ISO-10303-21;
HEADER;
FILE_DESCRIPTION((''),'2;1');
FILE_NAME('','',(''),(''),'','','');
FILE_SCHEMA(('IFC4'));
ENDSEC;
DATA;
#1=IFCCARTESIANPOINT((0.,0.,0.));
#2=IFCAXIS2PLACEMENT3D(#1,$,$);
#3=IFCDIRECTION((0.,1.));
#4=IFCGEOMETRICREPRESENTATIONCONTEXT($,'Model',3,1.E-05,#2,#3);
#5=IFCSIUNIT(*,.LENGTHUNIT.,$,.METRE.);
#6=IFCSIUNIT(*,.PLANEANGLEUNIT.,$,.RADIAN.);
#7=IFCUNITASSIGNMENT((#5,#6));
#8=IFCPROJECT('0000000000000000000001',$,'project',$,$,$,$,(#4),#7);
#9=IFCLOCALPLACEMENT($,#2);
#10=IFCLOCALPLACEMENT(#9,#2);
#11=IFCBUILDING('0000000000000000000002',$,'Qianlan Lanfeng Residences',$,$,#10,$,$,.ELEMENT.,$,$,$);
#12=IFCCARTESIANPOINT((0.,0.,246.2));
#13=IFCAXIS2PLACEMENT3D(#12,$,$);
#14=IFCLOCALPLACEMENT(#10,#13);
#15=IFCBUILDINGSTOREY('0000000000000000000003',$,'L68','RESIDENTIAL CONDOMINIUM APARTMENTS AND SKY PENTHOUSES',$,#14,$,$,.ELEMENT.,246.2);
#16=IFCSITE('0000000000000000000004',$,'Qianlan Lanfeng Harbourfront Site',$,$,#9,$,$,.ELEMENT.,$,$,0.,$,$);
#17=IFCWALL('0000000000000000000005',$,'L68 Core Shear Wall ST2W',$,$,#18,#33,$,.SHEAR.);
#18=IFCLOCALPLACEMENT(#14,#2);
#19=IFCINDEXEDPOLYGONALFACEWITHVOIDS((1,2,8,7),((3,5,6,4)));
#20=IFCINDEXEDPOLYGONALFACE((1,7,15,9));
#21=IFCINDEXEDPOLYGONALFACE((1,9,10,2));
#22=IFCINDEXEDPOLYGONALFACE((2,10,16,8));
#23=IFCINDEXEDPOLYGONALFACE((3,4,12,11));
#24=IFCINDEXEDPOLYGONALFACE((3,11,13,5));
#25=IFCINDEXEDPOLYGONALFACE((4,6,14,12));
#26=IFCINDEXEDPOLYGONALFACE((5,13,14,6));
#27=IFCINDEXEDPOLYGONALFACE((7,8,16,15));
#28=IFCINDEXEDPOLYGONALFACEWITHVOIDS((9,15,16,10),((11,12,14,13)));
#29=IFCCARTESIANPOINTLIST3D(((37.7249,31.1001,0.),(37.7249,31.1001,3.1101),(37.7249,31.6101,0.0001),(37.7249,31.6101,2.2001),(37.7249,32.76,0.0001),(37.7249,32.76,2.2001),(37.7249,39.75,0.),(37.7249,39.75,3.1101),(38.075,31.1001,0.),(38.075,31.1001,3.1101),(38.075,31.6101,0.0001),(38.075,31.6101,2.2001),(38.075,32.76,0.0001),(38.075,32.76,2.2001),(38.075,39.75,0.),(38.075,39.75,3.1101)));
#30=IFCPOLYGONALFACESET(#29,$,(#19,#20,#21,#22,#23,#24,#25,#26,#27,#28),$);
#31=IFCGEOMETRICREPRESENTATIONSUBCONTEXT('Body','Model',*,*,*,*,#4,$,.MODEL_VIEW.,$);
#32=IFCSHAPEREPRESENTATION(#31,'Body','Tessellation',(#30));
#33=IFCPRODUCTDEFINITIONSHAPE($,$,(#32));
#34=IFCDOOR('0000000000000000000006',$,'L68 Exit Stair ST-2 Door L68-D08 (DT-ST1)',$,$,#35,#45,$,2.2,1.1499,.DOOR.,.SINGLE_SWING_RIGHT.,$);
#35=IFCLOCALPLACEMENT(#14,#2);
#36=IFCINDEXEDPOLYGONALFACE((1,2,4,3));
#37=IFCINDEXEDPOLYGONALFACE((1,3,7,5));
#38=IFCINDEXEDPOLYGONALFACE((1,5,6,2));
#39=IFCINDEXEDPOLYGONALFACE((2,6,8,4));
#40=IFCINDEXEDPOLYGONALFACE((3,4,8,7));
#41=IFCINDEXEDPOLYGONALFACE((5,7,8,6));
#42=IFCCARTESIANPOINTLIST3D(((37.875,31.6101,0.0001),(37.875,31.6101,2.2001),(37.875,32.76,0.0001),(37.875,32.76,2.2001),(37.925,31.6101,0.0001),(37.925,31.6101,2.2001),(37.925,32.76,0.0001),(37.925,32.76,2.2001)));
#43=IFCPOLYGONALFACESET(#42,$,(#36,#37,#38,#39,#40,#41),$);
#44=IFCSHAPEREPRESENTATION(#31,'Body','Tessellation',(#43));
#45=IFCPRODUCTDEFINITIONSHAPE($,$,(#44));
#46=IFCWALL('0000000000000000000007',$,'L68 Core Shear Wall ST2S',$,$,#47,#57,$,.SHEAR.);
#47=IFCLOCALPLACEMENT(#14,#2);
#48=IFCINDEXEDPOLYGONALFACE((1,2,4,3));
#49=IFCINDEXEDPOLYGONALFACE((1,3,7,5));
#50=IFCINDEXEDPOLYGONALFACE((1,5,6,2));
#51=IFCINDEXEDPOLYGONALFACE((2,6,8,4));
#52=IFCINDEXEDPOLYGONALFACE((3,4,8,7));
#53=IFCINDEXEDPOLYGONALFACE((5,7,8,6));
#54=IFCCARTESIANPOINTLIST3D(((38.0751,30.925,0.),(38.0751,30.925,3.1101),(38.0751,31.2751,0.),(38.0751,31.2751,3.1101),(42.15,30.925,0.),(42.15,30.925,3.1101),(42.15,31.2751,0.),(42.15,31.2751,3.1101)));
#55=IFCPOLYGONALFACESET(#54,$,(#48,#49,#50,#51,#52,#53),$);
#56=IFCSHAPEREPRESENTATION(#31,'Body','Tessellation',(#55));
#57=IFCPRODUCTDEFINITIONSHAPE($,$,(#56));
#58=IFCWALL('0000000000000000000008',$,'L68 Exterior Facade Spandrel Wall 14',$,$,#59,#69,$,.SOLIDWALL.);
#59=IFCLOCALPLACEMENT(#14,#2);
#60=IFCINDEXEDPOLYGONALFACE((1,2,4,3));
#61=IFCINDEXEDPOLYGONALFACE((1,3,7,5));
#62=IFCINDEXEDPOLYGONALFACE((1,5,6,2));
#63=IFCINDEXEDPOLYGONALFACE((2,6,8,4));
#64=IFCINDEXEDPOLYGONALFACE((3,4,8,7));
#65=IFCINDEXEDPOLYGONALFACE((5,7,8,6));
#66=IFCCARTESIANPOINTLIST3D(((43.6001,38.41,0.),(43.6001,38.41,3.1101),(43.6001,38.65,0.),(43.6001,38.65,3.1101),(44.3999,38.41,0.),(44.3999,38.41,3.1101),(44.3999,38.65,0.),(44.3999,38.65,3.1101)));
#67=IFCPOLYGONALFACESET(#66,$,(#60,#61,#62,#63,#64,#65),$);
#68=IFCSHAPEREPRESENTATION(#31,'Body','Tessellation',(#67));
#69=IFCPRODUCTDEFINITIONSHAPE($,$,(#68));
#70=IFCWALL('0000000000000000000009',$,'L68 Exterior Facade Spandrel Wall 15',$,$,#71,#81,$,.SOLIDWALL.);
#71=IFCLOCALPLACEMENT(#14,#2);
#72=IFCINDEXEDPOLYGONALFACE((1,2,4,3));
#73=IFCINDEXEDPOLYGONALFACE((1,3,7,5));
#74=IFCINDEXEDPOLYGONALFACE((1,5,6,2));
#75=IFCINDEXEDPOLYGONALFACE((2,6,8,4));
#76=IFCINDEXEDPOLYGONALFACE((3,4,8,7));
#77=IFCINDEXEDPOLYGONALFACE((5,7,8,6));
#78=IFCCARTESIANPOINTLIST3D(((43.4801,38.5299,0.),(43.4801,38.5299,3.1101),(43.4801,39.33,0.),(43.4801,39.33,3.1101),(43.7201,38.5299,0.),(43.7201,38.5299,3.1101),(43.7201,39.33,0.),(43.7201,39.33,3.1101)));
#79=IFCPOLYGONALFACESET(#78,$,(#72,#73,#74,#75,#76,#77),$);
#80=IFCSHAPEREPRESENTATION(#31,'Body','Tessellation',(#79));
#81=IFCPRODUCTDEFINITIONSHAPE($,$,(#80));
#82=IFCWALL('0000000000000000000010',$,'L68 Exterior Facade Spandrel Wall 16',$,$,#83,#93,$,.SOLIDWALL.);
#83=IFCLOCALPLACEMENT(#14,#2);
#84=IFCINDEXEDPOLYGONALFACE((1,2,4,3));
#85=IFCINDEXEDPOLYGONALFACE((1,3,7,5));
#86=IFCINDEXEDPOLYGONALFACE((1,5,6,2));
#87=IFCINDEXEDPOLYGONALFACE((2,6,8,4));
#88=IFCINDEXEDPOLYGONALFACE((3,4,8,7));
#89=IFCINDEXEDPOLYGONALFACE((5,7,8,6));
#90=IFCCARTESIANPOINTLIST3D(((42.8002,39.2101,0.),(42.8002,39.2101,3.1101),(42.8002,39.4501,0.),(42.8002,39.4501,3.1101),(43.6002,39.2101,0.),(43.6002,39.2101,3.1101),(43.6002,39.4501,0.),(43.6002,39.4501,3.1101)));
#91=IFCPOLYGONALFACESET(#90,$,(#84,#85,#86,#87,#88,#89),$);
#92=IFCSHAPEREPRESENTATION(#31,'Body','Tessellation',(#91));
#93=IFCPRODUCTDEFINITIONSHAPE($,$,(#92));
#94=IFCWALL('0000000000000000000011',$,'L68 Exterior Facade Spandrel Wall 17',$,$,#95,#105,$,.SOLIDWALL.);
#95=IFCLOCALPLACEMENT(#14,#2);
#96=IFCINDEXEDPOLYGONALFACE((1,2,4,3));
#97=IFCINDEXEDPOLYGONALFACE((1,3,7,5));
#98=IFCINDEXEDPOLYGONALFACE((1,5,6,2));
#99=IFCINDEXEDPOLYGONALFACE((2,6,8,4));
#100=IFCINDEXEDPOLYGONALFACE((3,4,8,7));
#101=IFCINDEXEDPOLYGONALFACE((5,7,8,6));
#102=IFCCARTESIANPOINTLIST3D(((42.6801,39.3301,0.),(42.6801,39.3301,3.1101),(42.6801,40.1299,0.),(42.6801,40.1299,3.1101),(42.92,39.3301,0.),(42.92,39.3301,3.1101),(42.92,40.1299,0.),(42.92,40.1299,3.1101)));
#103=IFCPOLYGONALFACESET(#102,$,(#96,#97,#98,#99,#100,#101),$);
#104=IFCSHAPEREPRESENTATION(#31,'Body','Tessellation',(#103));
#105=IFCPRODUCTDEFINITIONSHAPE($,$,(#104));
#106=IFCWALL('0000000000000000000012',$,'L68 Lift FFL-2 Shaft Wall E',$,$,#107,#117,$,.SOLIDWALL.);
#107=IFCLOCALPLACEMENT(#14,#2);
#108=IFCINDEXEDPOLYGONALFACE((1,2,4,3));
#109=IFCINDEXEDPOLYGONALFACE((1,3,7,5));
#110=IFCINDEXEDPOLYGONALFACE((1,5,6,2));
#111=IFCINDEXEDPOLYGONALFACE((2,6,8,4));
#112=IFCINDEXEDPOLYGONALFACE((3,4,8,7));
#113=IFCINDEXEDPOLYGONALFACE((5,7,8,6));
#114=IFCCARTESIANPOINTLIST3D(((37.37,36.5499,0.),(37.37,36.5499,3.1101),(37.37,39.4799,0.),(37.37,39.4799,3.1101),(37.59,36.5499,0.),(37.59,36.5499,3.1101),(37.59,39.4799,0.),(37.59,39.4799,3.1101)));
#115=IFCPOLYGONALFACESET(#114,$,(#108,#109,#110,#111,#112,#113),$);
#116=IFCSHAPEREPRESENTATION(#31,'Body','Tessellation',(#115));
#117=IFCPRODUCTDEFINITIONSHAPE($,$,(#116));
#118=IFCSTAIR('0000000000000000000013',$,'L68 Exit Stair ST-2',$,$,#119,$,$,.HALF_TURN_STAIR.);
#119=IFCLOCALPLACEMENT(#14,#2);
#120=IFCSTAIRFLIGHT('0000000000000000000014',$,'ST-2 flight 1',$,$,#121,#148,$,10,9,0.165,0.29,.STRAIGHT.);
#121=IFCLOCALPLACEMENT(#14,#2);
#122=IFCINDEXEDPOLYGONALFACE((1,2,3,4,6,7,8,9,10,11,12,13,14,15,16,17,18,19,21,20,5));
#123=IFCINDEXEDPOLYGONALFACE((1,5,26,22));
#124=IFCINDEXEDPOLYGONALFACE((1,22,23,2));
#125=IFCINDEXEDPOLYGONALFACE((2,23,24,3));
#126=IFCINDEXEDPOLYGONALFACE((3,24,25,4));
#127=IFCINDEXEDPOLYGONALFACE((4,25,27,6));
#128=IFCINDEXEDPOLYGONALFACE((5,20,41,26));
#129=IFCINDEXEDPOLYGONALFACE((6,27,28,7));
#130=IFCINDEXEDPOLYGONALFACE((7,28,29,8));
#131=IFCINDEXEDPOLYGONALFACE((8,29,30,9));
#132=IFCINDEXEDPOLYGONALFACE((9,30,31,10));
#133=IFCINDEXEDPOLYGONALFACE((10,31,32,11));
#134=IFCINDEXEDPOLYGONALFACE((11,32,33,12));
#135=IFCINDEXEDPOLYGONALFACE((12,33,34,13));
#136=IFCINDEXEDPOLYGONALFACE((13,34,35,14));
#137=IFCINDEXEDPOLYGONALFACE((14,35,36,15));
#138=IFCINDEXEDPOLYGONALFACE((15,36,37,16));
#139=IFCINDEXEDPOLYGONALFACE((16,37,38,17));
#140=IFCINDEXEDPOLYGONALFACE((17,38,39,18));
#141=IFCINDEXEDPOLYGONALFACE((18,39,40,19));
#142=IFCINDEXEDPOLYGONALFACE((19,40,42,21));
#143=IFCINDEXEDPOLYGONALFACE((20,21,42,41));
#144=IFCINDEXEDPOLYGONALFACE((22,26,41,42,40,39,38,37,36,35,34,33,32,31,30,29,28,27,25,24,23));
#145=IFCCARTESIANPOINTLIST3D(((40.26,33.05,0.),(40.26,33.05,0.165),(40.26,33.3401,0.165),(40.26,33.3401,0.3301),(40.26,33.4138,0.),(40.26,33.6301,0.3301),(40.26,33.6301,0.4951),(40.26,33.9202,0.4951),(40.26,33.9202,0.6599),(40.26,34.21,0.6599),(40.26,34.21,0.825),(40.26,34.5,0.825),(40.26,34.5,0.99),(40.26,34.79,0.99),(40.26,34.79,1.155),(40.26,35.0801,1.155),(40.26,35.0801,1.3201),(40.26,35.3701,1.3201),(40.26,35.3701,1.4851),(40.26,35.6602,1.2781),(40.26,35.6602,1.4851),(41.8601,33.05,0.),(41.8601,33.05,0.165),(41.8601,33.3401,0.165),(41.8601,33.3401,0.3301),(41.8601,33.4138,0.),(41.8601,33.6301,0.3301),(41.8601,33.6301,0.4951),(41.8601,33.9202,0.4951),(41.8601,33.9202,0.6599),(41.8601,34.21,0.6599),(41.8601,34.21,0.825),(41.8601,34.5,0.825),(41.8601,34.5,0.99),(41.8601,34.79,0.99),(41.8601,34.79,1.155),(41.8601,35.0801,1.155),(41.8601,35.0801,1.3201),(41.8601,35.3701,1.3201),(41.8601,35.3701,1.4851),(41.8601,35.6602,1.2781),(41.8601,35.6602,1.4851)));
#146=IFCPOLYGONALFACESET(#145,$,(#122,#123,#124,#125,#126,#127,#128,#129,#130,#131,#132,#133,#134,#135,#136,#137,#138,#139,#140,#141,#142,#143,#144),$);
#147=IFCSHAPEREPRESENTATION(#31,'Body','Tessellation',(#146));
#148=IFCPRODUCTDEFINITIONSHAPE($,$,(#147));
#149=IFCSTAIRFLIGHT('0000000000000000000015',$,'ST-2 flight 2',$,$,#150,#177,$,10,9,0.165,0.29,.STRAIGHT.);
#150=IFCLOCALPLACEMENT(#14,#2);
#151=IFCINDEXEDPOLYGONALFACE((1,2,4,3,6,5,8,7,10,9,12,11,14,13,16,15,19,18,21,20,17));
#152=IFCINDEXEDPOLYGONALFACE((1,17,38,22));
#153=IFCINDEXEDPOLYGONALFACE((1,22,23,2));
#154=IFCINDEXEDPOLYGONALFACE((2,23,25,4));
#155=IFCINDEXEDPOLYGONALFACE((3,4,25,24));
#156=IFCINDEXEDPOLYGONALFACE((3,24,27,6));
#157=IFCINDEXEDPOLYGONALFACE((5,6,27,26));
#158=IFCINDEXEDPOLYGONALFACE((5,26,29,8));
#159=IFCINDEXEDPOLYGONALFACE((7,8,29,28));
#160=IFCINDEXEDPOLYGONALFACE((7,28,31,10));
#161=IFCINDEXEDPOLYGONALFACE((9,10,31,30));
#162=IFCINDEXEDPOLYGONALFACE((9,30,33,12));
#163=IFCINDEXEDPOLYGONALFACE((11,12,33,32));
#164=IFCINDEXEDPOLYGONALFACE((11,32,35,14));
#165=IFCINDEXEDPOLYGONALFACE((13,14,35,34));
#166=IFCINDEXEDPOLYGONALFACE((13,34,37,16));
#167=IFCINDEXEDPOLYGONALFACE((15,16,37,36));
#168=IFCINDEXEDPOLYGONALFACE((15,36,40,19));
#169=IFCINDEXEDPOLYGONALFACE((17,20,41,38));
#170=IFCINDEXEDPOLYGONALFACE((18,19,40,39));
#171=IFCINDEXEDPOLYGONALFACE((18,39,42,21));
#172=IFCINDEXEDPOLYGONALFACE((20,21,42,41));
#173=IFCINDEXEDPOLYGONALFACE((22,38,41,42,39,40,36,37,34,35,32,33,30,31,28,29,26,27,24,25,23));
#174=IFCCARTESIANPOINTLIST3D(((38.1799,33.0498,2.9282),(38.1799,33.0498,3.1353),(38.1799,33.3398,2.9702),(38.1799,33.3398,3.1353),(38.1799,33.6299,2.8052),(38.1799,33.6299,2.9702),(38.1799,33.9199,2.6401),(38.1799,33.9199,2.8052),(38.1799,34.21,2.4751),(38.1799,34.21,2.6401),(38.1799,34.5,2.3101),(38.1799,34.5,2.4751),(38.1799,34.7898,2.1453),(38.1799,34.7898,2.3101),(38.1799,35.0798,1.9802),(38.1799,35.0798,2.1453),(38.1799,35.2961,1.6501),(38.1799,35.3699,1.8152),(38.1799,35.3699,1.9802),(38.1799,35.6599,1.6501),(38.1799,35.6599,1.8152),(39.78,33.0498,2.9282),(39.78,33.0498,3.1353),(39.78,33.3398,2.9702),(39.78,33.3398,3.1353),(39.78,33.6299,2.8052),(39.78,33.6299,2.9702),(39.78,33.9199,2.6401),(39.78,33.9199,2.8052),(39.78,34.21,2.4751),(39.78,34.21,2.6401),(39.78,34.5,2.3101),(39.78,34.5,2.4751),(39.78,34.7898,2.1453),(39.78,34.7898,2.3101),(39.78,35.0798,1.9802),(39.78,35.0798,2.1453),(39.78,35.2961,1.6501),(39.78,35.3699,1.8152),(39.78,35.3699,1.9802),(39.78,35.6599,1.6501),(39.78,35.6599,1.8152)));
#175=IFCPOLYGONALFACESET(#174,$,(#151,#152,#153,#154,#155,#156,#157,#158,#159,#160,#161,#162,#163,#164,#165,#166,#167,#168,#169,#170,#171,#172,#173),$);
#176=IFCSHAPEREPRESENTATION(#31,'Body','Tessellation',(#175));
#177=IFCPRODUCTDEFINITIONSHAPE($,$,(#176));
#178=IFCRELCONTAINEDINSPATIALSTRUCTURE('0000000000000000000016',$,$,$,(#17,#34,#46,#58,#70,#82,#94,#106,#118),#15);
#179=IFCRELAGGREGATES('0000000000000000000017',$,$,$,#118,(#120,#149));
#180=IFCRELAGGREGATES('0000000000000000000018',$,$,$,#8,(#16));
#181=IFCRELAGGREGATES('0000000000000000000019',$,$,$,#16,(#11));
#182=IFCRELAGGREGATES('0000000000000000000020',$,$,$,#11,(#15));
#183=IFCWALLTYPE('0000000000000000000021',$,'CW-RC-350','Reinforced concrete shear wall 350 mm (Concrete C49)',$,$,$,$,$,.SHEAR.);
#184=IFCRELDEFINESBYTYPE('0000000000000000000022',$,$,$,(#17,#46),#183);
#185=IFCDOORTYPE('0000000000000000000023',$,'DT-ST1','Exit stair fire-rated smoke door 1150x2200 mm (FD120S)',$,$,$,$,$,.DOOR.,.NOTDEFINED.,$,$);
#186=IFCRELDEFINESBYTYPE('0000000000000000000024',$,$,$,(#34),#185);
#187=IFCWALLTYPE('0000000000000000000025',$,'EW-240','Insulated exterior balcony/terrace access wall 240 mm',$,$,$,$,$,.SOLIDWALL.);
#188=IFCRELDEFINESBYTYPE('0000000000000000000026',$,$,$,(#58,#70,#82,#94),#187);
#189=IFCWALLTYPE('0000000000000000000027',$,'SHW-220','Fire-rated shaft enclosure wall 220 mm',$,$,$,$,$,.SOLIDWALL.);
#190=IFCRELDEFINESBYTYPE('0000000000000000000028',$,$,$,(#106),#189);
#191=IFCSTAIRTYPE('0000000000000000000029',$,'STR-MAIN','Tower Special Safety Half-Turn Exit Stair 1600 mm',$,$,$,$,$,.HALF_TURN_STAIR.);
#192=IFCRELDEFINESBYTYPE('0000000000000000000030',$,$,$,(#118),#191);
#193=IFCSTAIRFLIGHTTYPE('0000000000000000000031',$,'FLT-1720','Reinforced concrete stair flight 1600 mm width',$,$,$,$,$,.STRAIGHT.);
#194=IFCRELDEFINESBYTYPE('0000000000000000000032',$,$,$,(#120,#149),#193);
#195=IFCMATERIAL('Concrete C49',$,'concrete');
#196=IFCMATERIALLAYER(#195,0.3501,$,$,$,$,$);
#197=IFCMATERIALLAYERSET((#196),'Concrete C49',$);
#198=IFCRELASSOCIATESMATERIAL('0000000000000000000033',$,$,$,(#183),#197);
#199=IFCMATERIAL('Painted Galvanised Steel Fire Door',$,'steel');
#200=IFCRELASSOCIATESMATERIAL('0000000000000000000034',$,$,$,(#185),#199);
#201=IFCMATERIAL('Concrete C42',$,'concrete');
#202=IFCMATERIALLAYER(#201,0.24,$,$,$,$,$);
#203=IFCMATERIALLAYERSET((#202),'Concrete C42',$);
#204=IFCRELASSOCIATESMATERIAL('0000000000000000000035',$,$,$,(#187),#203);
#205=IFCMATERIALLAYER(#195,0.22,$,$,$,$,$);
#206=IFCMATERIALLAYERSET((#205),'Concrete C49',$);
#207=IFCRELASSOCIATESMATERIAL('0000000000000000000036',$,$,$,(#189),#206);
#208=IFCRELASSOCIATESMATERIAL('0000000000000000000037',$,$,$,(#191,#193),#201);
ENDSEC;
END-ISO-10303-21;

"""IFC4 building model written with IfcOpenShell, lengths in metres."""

from ifc_helpers import new_model, si_unit, direction, frame, frame_2d, origin, place, context, subcontext, project, spatial, polyline, rectangle, outline, extrude, material, layer, layer_set, type_object, element, fill, aggregate, save


model = new_model("IFC4")

# Units and contexts
model_context = context("Model", 3, precision=1e-05, world=origin(), true_north=direction((0.0, 1.0)))
body_context = subcontext(model_context, "Body", "Model", "MODEL_VIEW")
ifc_project = project(units=[si_unit("LENGTHUNIT", "METRE"), si_unit("PLANEANGLEUNIT", "RADIAN")], contexts=[model_context])

# Site, building, storey
site_placement = place(None, origin())
site = spatial("IfcSite", under=ifc_project, at=site_placement, Name="Qianlan Lanfeng Harbourfront Site", CompositionType="ELEMENT", RefElevation=0.0)
building_placement = place(site_placement, origin())
building = spatial("IfcBuilding", under=site, at=building_placement, Name="Qianlan Lanfeng Residences", CompositionType="ELEMENT")
storey_placement = place(building_placement, frame((0.0, 0.0, 246.2)))
storey = spatial("IfcBuildingStorey", under=building, at=storey_placement, Name="L68", Description="RESIDENTIAL CONDOMINIUM APARTMENTS AND SKY PENTHOUSES", CompositionType="ELEMENT", Elevation=246.2)

# Wall, opening, door
ifc_material_1 = material(Name="Concrete C49", Category="concrete")
ifc_layer_1 = layer(ifc_material_1, 0.3501)
ifc_layer_set_1 = layer_set([ifc_layer_1], Name="Concrete C49")
wall_type_1 = type_object("IfcWallType", Name="CW-RC-350", Description="Reinforced concrete shear wall 350 mm (Concrete C49)", PredefinedType="SHEAR", material=ifc_layer_set_1)
wall_1_placement = place(storey_placement, frame((37.8999, 31.1001, 0.0), z_axis=(0.0, 0.0, 1.0), x_axis=(0.0, 1.0, 0.0)))
wall_1 = element("IfcWall", 1, at=wall_1_placement, inside=storey, type_object=wall_type_1, Name="L68 Core Shear Wall ST2W", PredefinedType="SHEAR", context=body_context, shape_type="SweptSolid", body=[
    extrude(rectangle(XDim=8.6499, YDim=0.3501, at=frame_2d((4.325, 0.0))), origin(), (0.0, 0.0, 1.0), 3.1101),
])
opening_placement = place(wall_1_placement, frame((0.51, 0.0, 0.0)))
opening = element("IfcOpeningElement", 2, at=opening_placement, cuts=wall_1, PredefinedType="OPENING", context=body_context, shape_type="SweptSolid", body=[
    extrude(rectangle(XDim=1.1499, YDim=2.2, at=frame_2d((0.575, 1.1001))), frame((0.0, 0.1851, 0.0), z_axis=(0.0, -1.0, 0.0), x_axis=(1.0, 0.0, 0.0)), (0.0, 0.0, 1.0), 0.3701),
])
ifc_material_2 = material(Name="Painted Galvanised Steel Fire Door", Category="steel")
door_type = type_object("IfcDoorType", Name="DT-ST1", Description="Exit stair fire-rated smoke door 1150x2200 mm (FD120S)", OperationType="NOTDEFINED", PredefinedType="DOOR", material=ifc_material_2)
door_placement = place(opening_placement, origin())
door = element("IfcDoor", 3, at=door_placement, inside=storey, type_object=door_type, Name="L68 Exit Stair ST-2 Door L68-D08 (DT-ST1)", OperationType="SINGLE_SWING_RIGHT", OverallHeight=2.2, OverallWidth=1.1499, PredefinedType="DOOR", context=body_context, shape_type="SweptSolid", body=[
    extrude(rectangle(XDim=1.1499, YDim=2.2, at=frame_2d((0.575, 1.1001))), frame((0.0, 0.0249, 0.0), z_axis=(0.0, -1.0, 0.0), x_axis=(1.0, 0.0, 0.0)), (0.0, 0.0, 1.0), 0.05),
])
fill(opening, door)

# Walls
wall_2_placement = place(storey_placement, frame((38.075, 31.1001, 0.0), z_axis=(0.0, 0.0, 1.0), x_axis=(1.0, 0.0, 0.0)))
element("IfcWall", 4, at=wall_2_placement, inside=storey, type_object=wall_type_1, Name="L68 Core Shear Wall ST2S", PredefinedType="SHEAR", context=body_context, shape_type="SweptSolid", body=[
    extrude(rectangle(XDim=4.075, YDim=0.3501, at=frame_2d((2.0376, 0.0))), origin(), (0.0, 0.0, 1.0), 3.1101),
])
ifc_material_3 = material(Name="Concrete C42", Category="concrete")
ifc_layer_2 = layer(ifc_material_3, 0.24)
ifc_layer_set_2 = layer_set([ifc_layer_2], Name="Concrete C42")
wall_type_2 = type_object("IfcWallType", Name="EW-240", Description="Insulated exterior balcony/terrace access wall 240 mm", PredefinedType="SOLIDWALL", material=ifc_layer_set_2)
wall_3_placement = place(storey_placement, frame((44.3999, 38.53, 0.0), z_axis=(0.0, 0.0, 1.0), x_axis=(-1.0, 0.0, 0.0)))
element("IfcWall", 5, at=wall_3_placement, inside=storey, type_object=wall_type_2, Name="L68 Exterior Facade Spandrel Wall 14", PredefinedType="SOLIDWALL", context=body_context, shape_type="SweptSolid", body=[
    extrude(rectangle(XDim=0.7998, YDim=0.24, at=frame_2d((0.3999, 0.0))), origin(), (0.0, 0.0, 1.0), 3.1101),
])
for number, where, z_axis, x_axis, name in (
    (6, (43.6001, 38.53, 0.0), (0.0, 0.0, 1.0), (0.0, 1.0, 0.0), "L68 Exterior Facade Spandrel Wall 15"),
    (7, (43.6001, 39.3301, 0.0), (0.0, 0.0, 1.0), (-1.0, 0.0, 0.0), "L68 Exterior Facade Spandrel Wall 16"),
):
    element("IfcWall", number, at=place(storey_placement, frame(where, z_axis=z_axis, x_axis=x_axis)), inside=storey, type_object=wall_type_2, Name=name, PredefinedType="SOLIDWALL", context=body_context, shape_type="SweptSolid", body=[
        extrude(rectangle(XDim=0.8, YDim=0.24, at=frame_2d((0.3999, 0.0))), origin(), (0.0, 0.0, 1.0), 3.1101),
    ])
wall_4_placement = place(storey_placement, frame((42.8, 39.3301, 0.0), z_axis=(0.0, 0.0, 1.0), x_axis=(0.0, 1.0, 0.0)))
element("IfcWall", 8, at=wall_4_placement, inside=storey, type_object=wall_type_2, Name="L68 Exterior Facade Spandrel Wall 17", PredefinedType="SOLIDWALL", context=body_context, shape_type="SweptSolid", body=[
    extrude(rectangle(XDim=0.7998, YDim=0.24, at=frame_2d((0.3999, 0.0))), origin(), (0.0, 0.0, 1.0), 3.1101),
])
ifc_layer_3 = layer(ifc_material_1, 0.22)
ifc_layer_set_3 = layer_set([ifc_layer_3], Name="Concrete C49")
wall_type_3 = type_object("IfcWallType", Name="SHW-220", Description="Fire-rated shaft enclosure wall 220 mm", PredefinedType="SOLIDWALL", material=ifc_layer_set_3)
wall_5_placement = place(storey_placement, frame((37.48, 36.55, 0.0), z_axis=(0.0, 0.0, 1.0), x_axis=(0.0, 1.0, 0.0)))
element("IfcWall", 9, at=wall_5_placement, inside=storey, type_object=wall_type_3, Name="L68 Lift FFL-2 Shaft Wall E", PredefinedType="SOLIDWALL", context=body_context, shape_type="SweptSolid", body=[
    extrude(rectangle(XDim=2.9299, YDim=0.22, at=frame_2d((1.4648, 0.0))), origin(), (0.0, 0.0, 1.0), 3.1101),
])

# Stair, stair flights
stair_type = type_object("IfcStairType", Name="STR-MAIN", Description="Tower Special Safety Half-Turn Exit Stair 1600 mm", PredefinedType="HALF_TURN_STAIR", material=ifc_material_3)
stair_placement = place(storey_placement, origin())
stair = element("IfcStair", 10, at=stair_placement, inside=storey, type_object=stair_type, Name="L68 Exit Stair ST-2", PredefinedType="HALF_TURN_STAIR")
stair_flight_type = type_object("IfcStairFlightType", Name="FLT-1720", Description="Reinforced concrete stair flight 1600 mm width", PredefinedType="STRAIGHT", material=ifc_material_3)
stair_flight_1_placement = place(storey_placement, frame((41.0601, 33.05, 0.0), z_axis=(0.0, 0.0, 1.0), x_axis=(0.0, 1.0, 0.0)))
stair_flight_1 = element("IfcStairFlight", 11, at=stair_flight_1_placement, type_object=stair_flight_type, Name="ST-2 flight 1", NumberOfRisers=10, NumberOfTreads=9, PredefinedType="STRAIGHT", RiserHeight=0.165, TreadLength=0.29, context=body_context, shape_type="SweptSolid", body=[
    extrude(outline(polyline([(0.0, 0.0), (0.0, 0.165), (0.29, 0.165), (0.29, 0.3301), (0.5801, 0.3301), (0.5801, 0.4951), (0.8701, 0.4951), (0.8701, 0.6599), (1.1599, 0.6599), (1.1599, 0.825), (1.45, 0.825), (1.45, 0.99), (1.74, 0.99), (1.74, 1.155), (2.03, 1.155), (2.03, 1.3201), (2.3201, 1.3201), (2.3201, 1.4851), (2.6101, 1.4851), (2.6101, 1.6499), (2.6101, 1.2781), (0.3638, 0.0), (0.0, 0.0)])), frame((0.0, 0.8, 0.0), z_axis=(0.0, -1.0, 0.0), x_axis=(1.0, 0.0, 0.0)), (0.0, 0.0, 1.0), 1.6001),
])
stair_flight_2_placement = place(storey_placement, frame((38.98, 35.6599, 1.6501), z_axis=(0.0, 0.0, 1.0), x_axis=(0.0, -1.0, 0.0)))
stair_flight_2 = element("IfcStairFlight", 12, at=stair_flight_2_placement, type_object=stair_flight_type, Name="ST-2 flight 2", NumberOfRisers=10, NumberOfTreads=9, PredefinedType="STRAIGHT", RiserHeight=0.165, TreadLength=0.29, context=body_context, shape_type="SweptSolid", body=[
    extrude(outline(polyline([(0.0, 0.0), (0.0, 0.165), (0.29, 0.165), (0.29, 0.3301), (0.5801, 0.3301), (0.5801, 0.4951), (0.8701, 0.4951), (0.8701, 0.6599), (1.1599, 0.6599), (1.1599, 0.825), (1.45, 0.825), (1.45, 0.99), (1.74, 0.99), (1.74, 1.155), (2.03, 1.155), (2.03, 1.3201), (2.3201, 1.3201), (2.3201, 1.4851), (2.6101, 1.4851), (2.6101, 1.6499), (2.6101, 1.2781), (0.3638, 0.0), (0.0, 0.0)])), frame((0.0, 0.8, 0.0), z_axis=(0.0, -1.0, 0.0), x_axis=(1.0, 0.0, 0.0)), (0.0, 0.0, 1.0), 1.6001),
])
aggregate(stair, [stair_flight_1, stair_flight_2])

save(model, "model.ifc")
